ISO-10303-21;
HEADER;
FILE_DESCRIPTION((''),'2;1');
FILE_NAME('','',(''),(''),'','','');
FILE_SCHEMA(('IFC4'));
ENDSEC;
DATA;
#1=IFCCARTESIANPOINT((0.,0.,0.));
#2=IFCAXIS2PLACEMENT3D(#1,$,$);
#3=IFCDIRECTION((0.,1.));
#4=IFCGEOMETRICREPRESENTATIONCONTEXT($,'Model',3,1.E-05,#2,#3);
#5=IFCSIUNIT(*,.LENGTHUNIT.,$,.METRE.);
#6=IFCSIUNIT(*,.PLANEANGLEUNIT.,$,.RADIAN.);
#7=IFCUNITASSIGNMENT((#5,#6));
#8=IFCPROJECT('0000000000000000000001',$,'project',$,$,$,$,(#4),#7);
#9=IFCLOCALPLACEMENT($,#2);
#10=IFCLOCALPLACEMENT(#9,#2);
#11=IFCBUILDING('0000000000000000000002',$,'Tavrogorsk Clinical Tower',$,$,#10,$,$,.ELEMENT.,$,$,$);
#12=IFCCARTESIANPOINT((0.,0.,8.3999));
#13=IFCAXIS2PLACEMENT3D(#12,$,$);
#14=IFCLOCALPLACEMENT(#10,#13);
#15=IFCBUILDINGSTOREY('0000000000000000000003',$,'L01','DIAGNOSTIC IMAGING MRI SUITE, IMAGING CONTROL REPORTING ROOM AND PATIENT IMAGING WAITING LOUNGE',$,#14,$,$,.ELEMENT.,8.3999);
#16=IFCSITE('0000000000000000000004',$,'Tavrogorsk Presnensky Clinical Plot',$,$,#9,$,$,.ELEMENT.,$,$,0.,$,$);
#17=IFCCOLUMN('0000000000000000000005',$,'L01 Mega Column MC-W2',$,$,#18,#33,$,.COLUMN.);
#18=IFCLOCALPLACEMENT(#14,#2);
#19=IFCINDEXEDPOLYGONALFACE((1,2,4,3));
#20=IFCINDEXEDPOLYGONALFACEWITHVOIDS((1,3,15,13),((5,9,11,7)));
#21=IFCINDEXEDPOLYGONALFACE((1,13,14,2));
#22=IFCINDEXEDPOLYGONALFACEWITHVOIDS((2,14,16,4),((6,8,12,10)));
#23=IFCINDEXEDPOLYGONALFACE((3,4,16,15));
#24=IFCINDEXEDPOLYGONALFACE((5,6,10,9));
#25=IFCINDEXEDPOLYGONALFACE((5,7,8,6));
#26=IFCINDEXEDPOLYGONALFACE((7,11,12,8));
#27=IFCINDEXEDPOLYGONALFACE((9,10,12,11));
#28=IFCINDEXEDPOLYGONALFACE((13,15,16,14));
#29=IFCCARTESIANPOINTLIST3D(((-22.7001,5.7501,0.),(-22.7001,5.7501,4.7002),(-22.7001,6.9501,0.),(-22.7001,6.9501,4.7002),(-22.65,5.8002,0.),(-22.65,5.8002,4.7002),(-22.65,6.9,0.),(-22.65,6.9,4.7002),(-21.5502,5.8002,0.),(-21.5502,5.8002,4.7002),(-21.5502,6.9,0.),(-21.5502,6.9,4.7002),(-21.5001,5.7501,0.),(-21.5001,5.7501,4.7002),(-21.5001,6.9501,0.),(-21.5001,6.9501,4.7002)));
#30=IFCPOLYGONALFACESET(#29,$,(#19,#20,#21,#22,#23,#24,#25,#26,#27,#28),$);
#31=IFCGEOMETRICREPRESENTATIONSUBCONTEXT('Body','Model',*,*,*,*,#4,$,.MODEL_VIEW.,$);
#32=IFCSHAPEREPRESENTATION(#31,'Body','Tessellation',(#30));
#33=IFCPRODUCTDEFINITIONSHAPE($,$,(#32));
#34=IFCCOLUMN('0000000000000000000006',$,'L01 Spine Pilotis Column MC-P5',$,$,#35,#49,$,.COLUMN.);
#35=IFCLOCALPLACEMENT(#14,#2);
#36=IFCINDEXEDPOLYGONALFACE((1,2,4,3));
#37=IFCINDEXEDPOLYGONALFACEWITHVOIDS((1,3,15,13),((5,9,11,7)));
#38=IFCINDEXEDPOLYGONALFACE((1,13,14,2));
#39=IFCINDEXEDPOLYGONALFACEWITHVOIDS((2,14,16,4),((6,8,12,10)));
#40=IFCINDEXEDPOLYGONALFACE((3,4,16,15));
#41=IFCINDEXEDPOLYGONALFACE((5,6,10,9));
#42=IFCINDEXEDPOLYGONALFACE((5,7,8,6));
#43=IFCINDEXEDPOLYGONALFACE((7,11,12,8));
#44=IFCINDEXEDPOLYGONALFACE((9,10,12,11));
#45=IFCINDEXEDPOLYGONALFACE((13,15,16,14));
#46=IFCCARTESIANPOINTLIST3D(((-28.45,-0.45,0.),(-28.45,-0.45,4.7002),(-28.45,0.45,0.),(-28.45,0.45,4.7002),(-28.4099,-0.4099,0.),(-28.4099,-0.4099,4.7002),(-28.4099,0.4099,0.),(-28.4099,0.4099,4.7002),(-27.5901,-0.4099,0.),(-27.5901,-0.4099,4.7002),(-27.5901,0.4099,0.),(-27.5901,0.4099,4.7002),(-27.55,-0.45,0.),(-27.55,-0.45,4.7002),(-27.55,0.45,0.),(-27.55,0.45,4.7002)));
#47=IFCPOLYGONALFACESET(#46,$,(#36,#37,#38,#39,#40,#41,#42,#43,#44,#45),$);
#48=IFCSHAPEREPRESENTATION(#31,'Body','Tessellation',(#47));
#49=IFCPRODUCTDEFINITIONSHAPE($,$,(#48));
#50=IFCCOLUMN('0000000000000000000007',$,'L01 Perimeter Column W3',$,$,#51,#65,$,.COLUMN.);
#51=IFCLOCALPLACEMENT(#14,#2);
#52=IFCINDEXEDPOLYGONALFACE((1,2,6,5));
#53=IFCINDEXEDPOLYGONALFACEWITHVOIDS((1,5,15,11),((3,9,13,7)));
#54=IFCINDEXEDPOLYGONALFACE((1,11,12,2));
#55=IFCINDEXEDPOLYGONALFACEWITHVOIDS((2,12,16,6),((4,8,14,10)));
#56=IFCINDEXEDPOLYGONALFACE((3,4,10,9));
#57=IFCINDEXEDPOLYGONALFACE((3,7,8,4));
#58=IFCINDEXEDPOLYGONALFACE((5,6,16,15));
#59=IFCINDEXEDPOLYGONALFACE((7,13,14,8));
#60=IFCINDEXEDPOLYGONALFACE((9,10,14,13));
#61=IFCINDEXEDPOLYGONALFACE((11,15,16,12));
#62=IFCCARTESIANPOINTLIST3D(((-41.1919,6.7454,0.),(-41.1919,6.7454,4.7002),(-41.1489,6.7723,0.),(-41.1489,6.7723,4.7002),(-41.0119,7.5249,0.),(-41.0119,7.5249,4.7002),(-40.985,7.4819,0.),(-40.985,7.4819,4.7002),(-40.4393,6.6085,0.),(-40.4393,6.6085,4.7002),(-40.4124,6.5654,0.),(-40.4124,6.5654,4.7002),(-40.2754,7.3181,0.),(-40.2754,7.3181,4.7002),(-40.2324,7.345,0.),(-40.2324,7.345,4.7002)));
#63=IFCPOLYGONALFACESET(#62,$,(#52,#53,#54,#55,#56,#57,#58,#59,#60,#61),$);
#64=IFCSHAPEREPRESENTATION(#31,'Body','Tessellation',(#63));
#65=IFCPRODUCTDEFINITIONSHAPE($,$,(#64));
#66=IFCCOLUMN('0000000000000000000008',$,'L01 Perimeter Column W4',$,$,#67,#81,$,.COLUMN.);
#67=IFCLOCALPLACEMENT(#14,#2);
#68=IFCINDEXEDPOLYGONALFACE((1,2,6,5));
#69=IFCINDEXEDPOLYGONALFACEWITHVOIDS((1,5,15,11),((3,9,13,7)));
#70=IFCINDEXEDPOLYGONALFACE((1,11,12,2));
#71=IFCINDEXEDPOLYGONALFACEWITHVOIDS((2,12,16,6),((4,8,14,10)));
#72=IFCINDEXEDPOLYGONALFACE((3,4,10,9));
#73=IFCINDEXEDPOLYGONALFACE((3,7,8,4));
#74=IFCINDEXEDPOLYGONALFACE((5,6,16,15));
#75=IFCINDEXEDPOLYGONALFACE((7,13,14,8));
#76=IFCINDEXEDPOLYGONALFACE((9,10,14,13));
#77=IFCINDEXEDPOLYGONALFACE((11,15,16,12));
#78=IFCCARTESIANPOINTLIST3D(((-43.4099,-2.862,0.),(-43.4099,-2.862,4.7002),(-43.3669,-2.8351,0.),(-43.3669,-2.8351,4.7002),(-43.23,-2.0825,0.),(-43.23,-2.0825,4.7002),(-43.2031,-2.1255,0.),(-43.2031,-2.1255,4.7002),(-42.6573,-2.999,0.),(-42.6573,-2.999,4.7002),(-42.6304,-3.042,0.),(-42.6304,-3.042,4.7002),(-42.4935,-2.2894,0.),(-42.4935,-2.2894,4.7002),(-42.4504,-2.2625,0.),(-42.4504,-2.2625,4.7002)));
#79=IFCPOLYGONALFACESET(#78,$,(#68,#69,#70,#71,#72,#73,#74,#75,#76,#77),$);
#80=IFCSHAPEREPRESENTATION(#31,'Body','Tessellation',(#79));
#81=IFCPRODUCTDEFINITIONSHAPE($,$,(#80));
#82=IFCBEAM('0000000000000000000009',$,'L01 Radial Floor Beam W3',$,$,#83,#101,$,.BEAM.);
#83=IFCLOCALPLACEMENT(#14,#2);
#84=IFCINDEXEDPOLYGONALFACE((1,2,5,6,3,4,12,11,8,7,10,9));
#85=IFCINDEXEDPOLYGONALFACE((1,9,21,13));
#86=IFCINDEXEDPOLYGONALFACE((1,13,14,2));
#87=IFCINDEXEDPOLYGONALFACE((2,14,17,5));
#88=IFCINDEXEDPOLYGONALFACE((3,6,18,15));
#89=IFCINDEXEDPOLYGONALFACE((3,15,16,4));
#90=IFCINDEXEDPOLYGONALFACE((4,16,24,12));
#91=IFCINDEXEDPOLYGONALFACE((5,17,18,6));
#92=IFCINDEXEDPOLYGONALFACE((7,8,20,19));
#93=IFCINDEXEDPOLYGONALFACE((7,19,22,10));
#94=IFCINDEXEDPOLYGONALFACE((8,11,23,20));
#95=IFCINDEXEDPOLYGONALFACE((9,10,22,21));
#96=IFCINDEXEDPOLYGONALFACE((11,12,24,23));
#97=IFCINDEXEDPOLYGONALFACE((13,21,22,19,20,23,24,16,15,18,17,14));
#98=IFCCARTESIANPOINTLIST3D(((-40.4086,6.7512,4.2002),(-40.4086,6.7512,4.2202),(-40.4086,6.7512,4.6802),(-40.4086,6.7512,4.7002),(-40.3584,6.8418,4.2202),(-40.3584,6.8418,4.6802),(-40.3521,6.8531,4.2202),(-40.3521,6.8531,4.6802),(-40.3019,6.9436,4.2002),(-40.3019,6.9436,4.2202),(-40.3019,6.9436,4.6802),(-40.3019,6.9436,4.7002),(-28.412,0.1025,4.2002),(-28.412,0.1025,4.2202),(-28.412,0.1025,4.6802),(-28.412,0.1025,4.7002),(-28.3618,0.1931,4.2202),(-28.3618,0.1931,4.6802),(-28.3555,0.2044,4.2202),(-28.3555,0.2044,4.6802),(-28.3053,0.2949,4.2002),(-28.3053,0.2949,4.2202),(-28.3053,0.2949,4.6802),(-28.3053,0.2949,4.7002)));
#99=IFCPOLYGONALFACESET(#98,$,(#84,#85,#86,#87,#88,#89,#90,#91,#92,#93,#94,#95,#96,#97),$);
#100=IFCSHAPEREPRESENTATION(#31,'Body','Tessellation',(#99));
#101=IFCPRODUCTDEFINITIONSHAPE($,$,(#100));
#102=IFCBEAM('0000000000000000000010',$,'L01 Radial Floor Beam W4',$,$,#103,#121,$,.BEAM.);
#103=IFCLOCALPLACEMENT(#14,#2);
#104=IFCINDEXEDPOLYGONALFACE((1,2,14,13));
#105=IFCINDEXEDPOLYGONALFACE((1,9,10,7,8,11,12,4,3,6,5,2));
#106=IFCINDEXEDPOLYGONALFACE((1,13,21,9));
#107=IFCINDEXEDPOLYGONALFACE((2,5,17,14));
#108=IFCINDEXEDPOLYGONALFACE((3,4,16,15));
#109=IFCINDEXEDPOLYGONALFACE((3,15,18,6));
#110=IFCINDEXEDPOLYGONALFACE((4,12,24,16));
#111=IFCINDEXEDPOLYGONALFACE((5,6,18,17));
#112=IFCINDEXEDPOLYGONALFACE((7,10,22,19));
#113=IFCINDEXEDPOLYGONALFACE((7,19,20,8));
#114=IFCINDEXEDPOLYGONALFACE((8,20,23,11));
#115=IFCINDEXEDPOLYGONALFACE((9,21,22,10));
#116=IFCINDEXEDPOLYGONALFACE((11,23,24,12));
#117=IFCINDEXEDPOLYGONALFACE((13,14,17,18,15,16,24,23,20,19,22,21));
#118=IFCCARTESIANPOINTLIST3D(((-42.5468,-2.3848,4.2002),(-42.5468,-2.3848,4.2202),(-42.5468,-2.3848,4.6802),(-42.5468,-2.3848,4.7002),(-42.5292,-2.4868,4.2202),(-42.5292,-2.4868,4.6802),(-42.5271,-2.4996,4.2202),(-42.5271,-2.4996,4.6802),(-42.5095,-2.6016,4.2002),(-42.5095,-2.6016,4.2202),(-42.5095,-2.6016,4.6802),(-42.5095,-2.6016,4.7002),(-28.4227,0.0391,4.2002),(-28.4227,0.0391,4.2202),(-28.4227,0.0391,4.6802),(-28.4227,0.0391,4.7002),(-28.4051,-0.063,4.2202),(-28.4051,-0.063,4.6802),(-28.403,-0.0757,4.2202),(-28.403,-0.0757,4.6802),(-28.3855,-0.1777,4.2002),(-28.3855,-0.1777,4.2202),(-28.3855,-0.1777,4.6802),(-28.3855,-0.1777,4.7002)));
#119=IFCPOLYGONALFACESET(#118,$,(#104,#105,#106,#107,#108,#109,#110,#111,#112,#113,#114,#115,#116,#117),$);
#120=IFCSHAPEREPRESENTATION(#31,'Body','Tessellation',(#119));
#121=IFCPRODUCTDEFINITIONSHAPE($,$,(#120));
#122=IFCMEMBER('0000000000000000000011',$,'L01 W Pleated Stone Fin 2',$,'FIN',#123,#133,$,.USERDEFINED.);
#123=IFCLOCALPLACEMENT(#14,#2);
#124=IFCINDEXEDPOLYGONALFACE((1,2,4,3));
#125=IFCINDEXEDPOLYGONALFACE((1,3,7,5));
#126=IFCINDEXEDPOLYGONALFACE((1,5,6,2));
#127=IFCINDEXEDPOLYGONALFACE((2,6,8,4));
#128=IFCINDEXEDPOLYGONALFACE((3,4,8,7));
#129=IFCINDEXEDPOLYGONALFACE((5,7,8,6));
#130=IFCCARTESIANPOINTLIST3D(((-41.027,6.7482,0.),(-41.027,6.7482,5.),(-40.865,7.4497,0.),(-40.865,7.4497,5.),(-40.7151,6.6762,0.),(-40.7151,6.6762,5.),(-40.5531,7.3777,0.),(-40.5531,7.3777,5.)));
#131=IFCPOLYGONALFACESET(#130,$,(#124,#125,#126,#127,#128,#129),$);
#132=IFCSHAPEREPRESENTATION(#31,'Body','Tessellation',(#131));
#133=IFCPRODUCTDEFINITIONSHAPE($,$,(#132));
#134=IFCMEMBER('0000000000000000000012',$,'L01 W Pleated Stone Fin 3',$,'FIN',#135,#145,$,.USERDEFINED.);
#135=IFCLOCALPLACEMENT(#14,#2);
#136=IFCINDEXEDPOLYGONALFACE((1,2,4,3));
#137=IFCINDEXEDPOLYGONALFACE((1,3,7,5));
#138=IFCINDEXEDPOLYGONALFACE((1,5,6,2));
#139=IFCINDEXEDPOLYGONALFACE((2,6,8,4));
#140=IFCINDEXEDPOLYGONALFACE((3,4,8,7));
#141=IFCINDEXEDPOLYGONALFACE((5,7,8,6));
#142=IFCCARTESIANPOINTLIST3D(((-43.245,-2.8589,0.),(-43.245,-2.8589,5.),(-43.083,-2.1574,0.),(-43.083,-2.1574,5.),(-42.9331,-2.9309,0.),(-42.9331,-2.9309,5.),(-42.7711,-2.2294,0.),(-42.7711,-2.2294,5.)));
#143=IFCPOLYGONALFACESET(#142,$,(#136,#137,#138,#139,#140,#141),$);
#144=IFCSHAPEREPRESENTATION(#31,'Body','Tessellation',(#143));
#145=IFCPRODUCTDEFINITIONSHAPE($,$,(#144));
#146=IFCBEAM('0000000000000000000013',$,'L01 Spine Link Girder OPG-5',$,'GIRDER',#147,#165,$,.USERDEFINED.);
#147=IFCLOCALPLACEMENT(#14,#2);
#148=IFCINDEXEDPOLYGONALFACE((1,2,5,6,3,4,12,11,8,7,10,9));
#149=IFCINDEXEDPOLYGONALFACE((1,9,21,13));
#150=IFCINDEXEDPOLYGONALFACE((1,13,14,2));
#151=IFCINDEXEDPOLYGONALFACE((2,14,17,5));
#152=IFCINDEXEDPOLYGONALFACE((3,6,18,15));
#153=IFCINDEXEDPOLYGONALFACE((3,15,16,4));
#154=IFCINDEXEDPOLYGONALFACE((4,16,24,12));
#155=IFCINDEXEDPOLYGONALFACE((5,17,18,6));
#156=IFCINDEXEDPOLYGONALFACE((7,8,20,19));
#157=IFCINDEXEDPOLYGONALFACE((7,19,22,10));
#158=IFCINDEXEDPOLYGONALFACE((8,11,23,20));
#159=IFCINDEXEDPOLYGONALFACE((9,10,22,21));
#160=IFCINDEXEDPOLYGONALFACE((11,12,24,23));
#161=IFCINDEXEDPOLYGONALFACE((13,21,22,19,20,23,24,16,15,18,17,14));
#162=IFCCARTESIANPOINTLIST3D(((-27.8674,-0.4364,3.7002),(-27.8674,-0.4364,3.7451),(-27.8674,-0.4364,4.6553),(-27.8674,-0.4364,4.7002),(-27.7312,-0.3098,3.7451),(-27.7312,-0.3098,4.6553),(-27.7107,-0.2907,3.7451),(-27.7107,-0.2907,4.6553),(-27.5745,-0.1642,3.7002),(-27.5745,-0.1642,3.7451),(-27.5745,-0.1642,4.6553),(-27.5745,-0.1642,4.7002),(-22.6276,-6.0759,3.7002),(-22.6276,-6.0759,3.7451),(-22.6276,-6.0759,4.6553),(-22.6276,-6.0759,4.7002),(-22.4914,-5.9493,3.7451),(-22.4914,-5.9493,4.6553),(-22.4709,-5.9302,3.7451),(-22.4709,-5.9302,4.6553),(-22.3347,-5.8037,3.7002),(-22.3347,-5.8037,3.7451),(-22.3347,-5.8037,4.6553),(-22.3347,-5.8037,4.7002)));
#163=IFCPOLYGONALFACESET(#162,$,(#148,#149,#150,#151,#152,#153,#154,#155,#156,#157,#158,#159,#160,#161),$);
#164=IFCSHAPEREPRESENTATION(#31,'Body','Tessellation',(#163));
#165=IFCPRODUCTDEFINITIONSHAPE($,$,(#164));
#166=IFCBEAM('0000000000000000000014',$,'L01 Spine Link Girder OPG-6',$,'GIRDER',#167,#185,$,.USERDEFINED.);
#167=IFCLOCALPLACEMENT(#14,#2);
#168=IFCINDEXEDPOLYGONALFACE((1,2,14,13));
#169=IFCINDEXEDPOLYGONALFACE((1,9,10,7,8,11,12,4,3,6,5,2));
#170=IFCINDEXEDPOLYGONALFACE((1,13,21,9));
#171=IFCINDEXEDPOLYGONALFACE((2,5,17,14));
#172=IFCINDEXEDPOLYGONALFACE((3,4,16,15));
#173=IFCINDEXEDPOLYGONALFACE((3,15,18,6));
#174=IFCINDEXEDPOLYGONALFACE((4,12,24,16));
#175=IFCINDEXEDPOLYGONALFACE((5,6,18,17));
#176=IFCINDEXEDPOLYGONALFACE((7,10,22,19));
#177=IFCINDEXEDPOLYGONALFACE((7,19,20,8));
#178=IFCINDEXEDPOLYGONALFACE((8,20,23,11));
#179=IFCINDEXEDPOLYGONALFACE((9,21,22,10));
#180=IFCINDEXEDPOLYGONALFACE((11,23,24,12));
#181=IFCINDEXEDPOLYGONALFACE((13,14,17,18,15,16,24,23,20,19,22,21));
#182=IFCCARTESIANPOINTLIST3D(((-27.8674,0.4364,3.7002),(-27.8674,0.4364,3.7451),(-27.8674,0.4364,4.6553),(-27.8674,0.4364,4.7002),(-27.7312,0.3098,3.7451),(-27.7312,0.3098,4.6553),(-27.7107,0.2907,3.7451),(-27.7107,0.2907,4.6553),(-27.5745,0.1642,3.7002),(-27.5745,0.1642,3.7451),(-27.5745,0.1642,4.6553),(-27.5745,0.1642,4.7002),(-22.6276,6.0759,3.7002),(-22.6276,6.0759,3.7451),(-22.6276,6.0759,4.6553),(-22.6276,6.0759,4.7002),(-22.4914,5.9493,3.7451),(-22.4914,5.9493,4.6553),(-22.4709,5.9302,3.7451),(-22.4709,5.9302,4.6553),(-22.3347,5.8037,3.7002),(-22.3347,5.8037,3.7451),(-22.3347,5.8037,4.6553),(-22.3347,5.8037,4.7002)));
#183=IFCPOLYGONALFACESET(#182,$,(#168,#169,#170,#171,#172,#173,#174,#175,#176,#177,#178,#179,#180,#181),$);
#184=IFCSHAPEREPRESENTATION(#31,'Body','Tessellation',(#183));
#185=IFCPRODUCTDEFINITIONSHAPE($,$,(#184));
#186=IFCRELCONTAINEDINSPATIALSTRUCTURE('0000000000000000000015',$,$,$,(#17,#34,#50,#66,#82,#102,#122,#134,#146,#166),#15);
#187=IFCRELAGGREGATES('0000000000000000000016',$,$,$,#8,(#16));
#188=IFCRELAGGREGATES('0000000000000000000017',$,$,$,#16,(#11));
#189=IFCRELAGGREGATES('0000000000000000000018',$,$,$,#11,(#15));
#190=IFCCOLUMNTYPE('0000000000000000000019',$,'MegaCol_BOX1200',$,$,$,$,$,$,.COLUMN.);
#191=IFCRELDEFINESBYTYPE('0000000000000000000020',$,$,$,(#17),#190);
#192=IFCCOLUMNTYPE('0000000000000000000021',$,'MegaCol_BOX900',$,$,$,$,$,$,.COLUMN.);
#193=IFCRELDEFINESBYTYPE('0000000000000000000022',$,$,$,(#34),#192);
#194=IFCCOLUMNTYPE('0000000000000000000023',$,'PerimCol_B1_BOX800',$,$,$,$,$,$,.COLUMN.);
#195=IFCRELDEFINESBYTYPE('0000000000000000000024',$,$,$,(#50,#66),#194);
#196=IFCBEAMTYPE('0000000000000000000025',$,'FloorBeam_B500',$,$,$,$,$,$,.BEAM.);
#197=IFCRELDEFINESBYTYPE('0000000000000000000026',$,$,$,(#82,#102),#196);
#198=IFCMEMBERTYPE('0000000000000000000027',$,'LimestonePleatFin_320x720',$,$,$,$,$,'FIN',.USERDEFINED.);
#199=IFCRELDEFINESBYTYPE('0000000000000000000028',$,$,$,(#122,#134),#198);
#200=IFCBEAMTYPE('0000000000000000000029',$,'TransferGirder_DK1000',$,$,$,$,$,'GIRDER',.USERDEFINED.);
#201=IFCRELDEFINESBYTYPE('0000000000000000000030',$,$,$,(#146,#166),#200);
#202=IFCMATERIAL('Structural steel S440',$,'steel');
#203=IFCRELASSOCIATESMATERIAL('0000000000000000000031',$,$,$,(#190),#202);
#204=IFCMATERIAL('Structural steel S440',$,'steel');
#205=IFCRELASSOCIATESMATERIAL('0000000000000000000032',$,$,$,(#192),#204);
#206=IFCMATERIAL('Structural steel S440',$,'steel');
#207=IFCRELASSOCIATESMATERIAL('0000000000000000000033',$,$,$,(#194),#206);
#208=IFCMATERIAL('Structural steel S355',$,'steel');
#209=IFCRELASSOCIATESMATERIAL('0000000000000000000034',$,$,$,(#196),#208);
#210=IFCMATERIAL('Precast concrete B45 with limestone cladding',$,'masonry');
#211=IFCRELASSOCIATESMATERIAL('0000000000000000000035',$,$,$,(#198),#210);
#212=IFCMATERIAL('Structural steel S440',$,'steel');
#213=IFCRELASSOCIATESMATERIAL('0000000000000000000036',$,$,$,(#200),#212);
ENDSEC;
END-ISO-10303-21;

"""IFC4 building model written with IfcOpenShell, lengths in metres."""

from ifc_helpers import new_model, si_unit, direction, frame, origin, origin_2d, place, context, subcontext, project, spatial, rectangle, hollow_rectangle, i_section, extrude, material, material_profile, profile_set, type_object, element, save


model = new_model("IFC4")

# Units and contexts
model_context = context("Model", 3, precision=1e-05, world=origin(), true_north=direction((0.0, 1.0)))
body_context = subcontext(model_context, "Body", "Model", "MODEL_VIEW")
ifc_project = project(units=[si_unit("LENGTHUNIT", "METRE"), si_unit("PLANEANGLEUNIT", "RADIAN")], contexts=[model_context])

# Site, building, storey
site_placement = place(None, origin())
site = spatial("IfcSite", under=ifc_project, at=site_placement, Name="Tavrogorsk Presnensky Clinical Plot", CompositionType="ELEMENT", RefElevation=0.0)
building_placement = place(site_placement, origin())
building = spatial("IfcBuilding", under=site, at=building_placement, Name="Tavrogorsk Clinical Tower", CompositionType="ELEMENT")
storey_placement = place(building_placement, frame((0.0, 0.0, 8.3999)))
storey = spatial("IfcBuildingStorey", under=building, at=storey_placement, Name="L01", Description="DIAGNOSTIC IMAGING MRI SUITE, IMAGING CONTROL REPORTING ROOM AND PATIENT IMAGING WAITING LOUNGE", CompositionType="ELEMENT", Elevation=8.3999)

# Columns
ifc_material_1 = material(Name="Structural steel S440", Category="steel")
ifc_material_profile_1 = material_profile(ifc_material_1, hollow_rectangle(XDim=1.2, YDim=1.2, WallThickness=0.05, at=origin_2d()), Name="BOX-1200x1200x50")
ifc_profile_set_1 = profile_set([ifc_material_profile_1], Name="Structural steel S440")
column_type_1 = type_object("IfcColumnType", Name="MegaCol_BOX1200", PredefinedType="COLUMN", material=ifc_profile_set_1)
column_1_placement = place(storey_placement, frame((-22.1001, 6.3501, 0.0), z_axis=(0.0, 0.0, 1.0), x_axis=(1.0, 0.0, 0.0)))
element("IfcColumn", 1, at=column_1_placement, inside=storey, type_object=column_type_1, Name="L01 Mega Column MC-W2", PredefinedType="COLUMN", context=body_context, shape_type="SweptSolid", body=[
    extrude(hollow_rectangle(XDim=1.2, YDim=1.2, WallThickness=0.05, at=origin_2d()), origin(), (0.0, 0.0, 1.0), 4.7002),
])
ifc_material_2 = material(Name="Structural steel S440", Category="steel")
ifc_material_profile_2 = material_profile(ifc_material_2, hollow_rectangle(XDim=0.8999, YDim=0.8999, WallThickness=0.04, at=origin_2d()), Name="BOX-900x900x40")
ifc_profile_set_2 = profile_set([ifc_material_profile_2], Name="Structural steel S440")
column_type_2 = type_object("IfcColumnType", Name="MegaCol_BOX900", PredefinedType="COLUMN", material=ifc_profile_set_2)
column_2_placement = place(storey_placement, frame((-28.0, 0.0, 0.0), z_axis=(0.0, 0.0, 1.0), x_axis=(1.0, 0.0, 0.0)))
element("IfcColumn", 2, at=column_2_placement, inside=storey, type_object=column_type_2, Name="L01 Spine Pilotis Column MC-P5", PredefinedType="COLUMN", context=body_context, shape_type="SweptSolid", body=[
    extrude(hollow_rectangle(XDim=0.8999, YDim=0.8999, WallThickness=0.04, at=origin_2d()), origin(), (0.0, 0.0, 1.0), 4.7002),
])
ifc_material_3 = material(Name="Structural steel S440", Category="steel")
ifc_material_profile_3 = material_profile(ifc_material_3, hollow_rectangle(XDim=0.8, YDim=0.8, WallThickness=0.0359, at=origin_2d()), Name="BOX-800x800x36")
ifc_profile_set_3 = profile_set([ifc_material_profile_3], Name="Structural steel S440")
column_type_3 = type_object("IfcColumnType", Name="PerimCol_B1_BOX800", PredefinedType="COLUMN", material=ifc_profile_set_3)
for number, where, z_axis, x_axis, name in (
    (3, (-40.7122, 7.0452, 0.0), (0.0, 0.0, 1.0), (0.97437, -0.224951, 0.0), "L01 Perimeter Column W3"),
    (4, (-42.9302, -2.5623, 0.0), (0.0, 0.0, 1.0), (0.97437, -0.224951, 0.0), "L01 Perimeter Column W4"),
):
    element("IfcColumn", number, at=place(storey_placement, frame(where, z_axis=z_axis, x_axis=x_axis)), inside=storey, type_object=column_type_3, Name=name, PredefinedType="COLUMN", context=body_context, shape_type="SweptSolid", body=[
        extrude(hollow_rectangle(XDim=0.8, YDim=0.8, WallThickness=0.0359, at=origin_2d()), origin(), (0.0, 0.0, 1.0), 4.7002),
    ])

# Beams
ifc_material_4 = material(Name="Structural steel S355", Category="steel")
ifc_material_profile_4 = material_profile(ifc_material_4, i_section(OverallWidth=0.22, OverallDepth=0.5, WebThickness=0.0129, FlangeThickness=0.02, at=origin_2d()), Name="B-500x220x13x20")
ifc_profile_set_4 = profile_set([ifc_material_profile_4], Name="Structural steel S355")
beam_type_1 = type_object("IfcBeamType", Name="FloorBeam_B500", PredefinedType="BEAM", material=ifc_profile_set_4)
beam_1_placement = place(storey_placement, frame((-28.3586, 0.1987, 4.4502), z_axis=(-0.874655, 0.484746, 0.0), x_axis=(-0.484746, -0.874655, 0.0)))
element("IfcBeam", 5, at=beam_1_placement, inside=storey, type_object=beam_type_1, Name="L01 Radial Floor Beam W3", PredefinedType="BEAM", context=body_context, shape_type="SweptSolid", body=[
    extrude(i_section(OverallWidth=0.22, OverallDepth=0.5, WebThickness=0.0129, FlangeThickness=0.02, at=origin_2d()), origin(), (0.0, 0.0, 1.0), 13.7158),
])
beam_2_placement = place(storey_placement, frame((-28.4041, -0.0693, 4.4502), z_axis=(-0.985592, -0.169138, 0.0), x_axis=(0.169138, -0.985592, 0.0)))
element("IfcBeam", 6, at=beam_2_placement, inside=storey, type_object=beam_type_1, Name="L01 Radial Floor Beam W4", PredefinedType="BEAM", context=body_context, shape_type="SweptSolid", body=[
    extrude(i_section(OverallWidth=0.22, OverallDepth=0.5, WebThickness=0.0129, FlangeThickness=0.02, at=origin_2d()), origin(), (0.0, 0.0, 1.0), 14.3306),
])

# Members
ifc_material_5 = material(Name="Precast concrete B45 with limestone cladding", Category="masonry")
ifc_material_profile_5 = material_profile(ifc_material_5, rectangle(XDim=0.3201, YDim=0.72, at=origin_2d()), Name="LIMESTONE-FIN-320x720")
ifc_profile_set_5 = profile_set([ifc_material_profile_5], Name="Precast concrete B45 with limestone cladding")
member_type = type_object("IfcMemberType", Name="LimestonePleatFin_320x720", ElementType="FIN", PredefinedType="USERDEFINED", material=ifc_profile_set_5)
for number, where, z_axis, x_axis, name in (
    (7, (-40.79, 7.063, 0.0), (0.0, 0.0, 1.0), (0.97437, -0.224951, 0.0), "L01 W Pleated Stone Fin 2"),
    (8, (-43.0081, -2.5442, 0.0), (0.0, 0.0, 1.0), (0.97437, -0.224951, 0.0), "L01 W Pleated Stone Fin 3"),
):
    element("IfcMember", number, at=place(storey_placement, frame(where, z_axis=z_axis, x_axis=x_axis)), inside=storey, type_object=member_type, Name=name, ObjectType="FIN", PredefinedType="USERDEFINED", context=body_context, shape_type="SweptSolid", body=[
        extrude(rectangle(XDim=0.3201, YDim=0.72, at=origin_2d()), origin(), (0.0, 0.0, 1.0), 5.0),
    ])

# Beams
ifc_material_6 = material(Name="Structural steel S440", Category="steel")
ifc_material_profile_6 = material_profile(ifc_material_6, i_section(OverallWidth=0.3999, OverallDepth=1.0, WebThickness=0.0281, FlangeThickness=0.0449, at=origin_2d()), Name="DK-1000x400x28x45")
ifc_profile_set_6 = profile_set([ifc_material_profile_6], Name="Structural steel S440")
beam_type_2 = type_object("IfcBeamType", Name="TransferGirder_DK1000", ElementType="GIRDER", PredefinedType="USERDEFINED", material=ifc_profile_set_6)
for number, where, z_axis, x_axis, name in (
    (9, (-27.7209, -0.3003, 4.2002), (0.680671, -0.732589, 0.0), (0.732589, 0.680671, 0.0), "L01 Spine Link Girder OPG-5"),
    (10, (-27.7209, 0.3003, 4.2002), (0.680671, 0.732589, 0.0), (-0.732589, 0.680671, 0.0), "L01 Spine Link Girder OPG-6"),
):
    element("IfcBeam", number, at=place(storey_placement, frame(where, z_axis=z_axis, x_axis=x_axis)), inside=storey, type_object=beam_type_2, Name=name, ObjectType="GIRDER", PredefinedType="USERDEFINED", context=body_context, shape_type="SweptSolid", body=[
        extrude(i_section(OverallWidth=0.3999, OverallDepth=1.0, WebThickness=0.0281, FlangeThickness=0.0449, at=origin_2d()), origin(), (0.0, 0.0, 1.0), 7.698),
    ])

save(model, "model.ifc")
